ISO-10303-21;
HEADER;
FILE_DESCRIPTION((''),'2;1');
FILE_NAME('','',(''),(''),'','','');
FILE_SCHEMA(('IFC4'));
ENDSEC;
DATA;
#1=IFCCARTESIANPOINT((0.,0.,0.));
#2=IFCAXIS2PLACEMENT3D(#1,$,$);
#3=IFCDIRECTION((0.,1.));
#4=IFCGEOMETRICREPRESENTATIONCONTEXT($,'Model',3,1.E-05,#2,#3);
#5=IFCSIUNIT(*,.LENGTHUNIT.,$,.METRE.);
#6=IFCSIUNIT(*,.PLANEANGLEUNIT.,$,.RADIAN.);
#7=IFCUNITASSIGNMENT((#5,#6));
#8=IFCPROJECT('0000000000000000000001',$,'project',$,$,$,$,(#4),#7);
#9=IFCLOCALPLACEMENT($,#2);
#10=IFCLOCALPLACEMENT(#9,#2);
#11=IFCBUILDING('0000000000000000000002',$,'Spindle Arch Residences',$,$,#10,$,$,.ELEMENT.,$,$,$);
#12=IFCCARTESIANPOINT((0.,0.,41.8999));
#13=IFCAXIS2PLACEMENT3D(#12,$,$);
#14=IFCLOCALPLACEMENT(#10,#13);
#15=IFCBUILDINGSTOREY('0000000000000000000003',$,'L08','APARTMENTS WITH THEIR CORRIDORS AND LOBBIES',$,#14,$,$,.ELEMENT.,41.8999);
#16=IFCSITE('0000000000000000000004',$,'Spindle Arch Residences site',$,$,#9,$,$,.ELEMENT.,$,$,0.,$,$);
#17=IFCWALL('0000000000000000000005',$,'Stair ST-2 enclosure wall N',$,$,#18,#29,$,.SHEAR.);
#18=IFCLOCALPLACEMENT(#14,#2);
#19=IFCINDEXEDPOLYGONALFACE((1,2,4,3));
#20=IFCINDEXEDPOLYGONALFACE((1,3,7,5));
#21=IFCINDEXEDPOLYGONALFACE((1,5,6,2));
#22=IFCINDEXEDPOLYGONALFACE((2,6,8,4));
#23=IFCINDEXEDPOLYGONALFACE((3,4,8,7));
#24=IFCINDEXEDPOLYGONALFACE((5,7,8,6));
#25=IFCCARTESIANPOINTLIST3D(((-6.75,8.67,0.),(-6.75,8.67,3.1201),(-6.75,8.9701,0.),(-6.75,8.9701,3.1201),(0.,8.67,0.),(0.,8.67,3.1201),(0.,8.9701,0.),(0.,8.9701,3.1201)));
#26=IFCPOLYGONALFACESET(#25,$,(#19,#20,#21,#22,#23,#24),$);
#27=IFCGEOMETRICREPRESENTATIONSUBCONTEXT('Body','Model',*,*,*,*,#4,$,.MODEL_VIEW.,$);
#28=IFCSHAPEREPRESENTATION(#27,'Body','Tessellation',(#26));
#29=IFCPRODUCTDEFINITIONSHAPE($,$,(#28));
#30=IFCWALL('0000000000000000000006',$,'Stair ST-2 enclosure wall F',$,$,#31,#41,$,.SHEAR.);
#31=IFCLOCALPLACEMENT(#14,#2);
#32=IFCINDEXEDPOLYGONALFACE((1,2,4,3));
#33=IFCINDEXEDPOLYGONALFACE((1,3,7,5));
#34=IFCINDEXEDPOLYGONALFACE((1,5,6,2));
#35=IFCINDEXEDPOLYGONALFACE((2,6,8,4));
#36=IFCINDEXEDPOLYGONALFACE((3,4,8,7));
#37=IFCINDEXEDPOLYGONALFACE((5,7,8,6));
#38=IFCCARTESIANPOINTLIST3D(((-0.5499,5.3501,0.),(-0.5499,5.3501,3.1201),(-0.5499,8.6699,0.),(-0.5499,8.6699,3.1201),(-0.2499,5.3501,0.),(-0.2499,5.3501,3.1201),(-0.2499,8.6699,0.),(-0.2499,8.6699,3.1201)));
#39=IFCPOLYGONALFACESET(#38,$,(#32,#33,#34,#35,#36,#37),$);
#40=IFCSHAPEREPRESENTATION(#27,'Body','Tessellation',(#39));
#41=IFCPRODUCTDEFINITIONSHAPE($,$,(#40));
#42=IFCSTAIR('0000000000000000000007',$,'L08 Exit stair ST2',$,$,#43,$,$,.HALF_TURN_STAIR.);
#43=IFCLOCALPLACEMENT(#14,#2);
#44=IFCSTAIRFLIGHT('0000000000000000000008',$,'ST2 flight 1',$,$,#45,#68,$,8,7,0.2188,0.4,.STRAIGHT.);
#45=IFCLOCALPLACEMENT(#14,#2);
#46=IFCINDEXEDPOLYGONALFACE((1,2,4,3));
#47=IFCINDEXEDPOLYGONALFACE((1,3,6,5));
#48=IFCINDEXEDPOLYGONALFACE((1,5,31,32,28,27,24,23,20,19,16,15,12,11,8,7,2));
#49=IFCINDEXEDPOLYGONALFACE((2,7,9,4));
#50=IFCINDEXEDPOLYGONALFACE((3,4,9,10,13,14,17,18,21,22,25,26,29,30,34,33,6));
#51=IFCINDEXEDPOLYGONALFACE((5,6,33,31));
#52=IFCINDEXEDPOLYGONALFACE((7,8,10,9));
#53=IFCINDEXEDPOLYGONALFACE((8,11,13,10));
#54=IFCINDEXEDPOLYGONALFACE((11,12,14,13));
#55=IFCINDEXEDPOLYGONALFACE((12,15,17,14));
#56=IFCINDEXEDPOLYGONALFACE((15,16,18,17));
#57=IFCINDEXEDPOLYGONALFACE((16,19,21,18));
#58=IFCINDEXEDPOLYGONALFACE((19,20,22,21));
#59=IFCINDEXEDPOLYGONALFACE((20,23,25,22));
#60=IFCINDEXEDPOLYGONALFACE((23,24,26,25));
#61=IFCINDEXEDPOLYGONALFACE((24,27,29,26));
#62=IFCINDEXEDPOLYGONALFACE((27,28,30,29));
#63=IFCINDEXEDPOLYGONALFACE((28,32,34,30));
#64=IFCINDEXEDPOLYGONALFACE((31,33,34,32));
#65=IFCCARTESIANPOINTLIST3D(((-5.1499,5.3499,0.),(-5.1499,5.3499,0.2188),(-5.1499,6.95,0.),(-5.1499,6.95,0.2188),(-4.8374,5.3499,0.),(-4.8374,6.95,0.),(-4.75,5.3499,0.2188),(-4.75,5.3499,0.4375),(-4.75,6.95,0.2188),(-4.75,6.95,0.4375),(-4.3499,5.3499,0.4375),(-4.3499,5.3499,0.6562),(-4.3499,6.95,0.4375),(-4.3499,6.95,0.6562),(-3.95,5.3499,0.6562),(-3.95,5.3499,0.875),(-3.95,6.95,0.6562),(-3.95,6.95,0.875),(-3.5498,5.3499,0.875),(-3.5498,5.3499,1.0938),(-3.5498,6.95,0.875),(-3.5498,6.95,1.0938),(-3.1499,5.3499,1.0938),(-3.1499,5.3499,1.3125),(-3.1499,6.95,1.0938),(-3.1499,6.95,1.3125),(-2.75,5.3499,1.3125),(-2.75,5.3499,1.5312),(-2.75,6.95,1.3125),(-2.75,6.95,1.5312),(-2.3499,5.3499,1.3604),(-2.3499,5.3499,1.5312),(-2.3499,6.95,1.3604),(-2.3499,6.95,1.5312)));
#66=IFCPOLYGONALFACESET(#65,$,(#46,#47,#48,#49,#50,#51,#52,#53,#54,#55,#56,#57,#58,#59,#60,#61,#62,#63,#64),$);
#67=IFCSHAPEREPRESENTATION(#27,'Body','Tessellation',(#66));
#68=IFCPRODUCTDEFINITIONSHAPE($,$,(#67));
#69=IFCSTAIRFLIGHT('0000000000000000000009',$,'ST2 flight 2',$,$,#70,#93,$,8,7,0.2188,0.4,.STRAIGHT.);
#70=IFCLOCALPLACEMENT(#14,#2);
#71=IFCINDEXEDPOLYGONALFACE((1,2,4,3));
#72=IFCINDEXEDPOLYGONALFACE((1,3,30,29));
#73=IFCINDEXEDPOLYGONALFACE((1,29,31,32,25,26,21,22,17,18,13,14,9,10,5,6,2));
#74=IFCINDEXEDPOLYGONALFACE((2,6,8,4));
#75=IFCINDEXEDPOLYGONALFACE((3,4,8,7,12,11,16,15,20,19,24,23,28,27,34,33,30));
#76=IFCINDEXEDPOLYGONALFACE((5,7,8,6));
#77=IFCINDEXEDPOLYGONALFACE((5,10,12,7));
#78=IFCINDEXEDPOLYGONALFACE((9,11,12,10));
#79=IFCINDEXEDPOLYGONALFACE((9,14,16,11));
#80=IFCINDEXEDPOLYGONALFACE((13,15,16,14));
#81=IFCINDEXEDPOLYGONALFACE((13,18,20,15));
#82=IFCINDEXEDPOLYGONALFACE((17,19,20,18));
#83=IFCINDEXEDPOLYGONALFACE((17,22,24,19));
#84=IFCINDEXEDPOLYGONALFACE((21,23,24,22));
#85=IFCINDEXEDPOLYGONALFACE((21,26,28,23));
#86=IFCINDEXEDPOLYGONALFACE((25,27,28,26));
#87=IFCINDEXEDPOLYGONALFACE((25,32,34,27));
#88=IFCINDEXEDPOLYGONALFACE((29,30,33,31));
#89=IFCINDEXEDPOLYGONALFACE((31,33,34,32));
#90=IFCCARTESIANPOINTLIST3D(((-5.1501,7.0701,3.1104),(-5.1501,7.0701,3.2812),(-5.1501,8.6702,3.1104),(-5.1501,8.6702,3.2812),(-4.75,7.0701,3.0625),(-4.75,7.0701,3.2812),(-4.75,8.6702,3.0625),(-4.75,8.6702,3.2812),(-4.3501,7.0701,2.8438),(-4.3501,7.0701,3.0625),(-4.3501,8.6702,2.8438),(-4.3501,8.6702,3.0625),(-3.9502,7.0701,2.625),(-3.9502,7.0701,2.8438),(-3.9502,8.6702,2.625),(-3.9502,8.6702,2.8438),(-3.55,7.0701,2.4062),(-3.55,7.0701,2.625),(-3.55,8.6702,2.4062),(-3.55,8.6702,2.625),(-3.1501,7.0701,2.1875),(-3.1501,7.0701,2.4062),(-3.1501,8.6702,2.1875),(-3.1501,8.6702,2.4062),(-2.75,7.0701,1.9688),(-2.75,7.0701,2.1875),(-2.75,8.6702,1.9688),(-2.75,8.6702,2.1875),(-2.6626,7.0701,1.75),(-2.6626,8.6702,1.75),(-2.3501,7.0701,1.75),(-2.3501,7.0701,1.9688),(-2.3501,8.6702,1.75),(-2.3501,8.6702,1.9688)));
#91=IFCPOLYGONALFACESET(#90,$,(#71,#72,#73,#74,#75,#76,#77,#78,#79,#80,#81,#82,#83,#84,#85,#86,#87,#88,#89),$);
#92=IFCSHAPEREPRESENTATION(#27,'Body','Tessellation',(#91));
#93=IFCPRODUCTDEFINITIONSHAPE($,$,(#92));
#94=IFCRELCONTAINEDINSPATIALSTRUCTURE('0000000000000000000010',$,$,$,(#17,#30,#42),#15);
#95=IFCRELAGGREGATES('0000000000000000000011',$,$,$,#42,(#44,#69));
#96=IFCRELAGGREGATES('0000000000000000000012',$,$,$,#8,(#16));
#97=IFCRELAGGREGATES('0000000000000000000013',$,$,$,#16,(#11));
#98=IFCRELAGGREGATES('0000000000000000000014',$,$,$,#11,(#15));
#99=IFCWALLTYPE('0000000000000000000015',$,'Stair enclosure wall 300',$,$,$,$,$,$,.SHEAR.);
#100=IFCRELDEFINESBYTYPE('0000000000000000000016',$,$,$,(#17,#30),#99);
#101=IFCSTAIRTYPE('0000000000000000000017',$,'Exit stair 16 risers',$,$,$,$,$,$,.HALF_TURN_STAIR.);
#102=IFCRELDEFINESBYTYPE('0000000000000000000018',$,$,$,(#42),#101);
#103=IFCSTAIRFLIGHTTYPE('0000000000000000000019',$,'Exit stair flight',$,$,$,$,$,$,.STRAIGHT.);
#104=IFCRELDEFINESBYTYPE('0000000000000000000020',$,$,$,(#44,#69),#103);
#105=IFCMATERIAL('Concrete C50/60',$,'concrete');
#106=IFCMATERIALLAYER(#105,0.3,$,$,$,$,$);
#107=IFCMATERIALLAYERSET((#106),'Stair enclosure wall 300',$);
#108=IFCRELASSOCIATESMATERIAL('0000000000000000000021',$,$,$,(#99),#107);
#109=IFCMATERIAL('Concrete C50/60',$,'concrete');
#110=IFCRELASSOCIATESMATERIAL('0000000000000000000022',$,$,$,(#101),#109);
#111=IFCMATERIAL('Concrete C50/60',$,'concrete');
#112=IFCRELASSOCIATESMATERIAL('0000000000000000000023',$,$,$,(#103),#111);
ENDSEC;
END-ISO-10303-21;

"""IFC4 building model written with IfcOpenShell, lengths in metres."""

from ifc_helpers import new_model, si_unit, direction, frame, frame_2d, origin, place, context, subcontext, project, spatial, polyline, rectangle, outline, extrude, material, layer, layer_set, type_object, element, aggregate, save


model = new_model("IFC4")

# Units and contexts
model_context = context("Model", 3, precision=1e-05, world=origin(), true_north=direction((0.0, 1.0)))
body_context = subcontext(model_context, "Body", "Model", "MODEL_VIEW")
ifc_project = project(units=[si_unit("LENGTHUNIT", "METRE"), si_unit("PLANEANGLEUNIT", "RADIAN")], contexts=[model_context])

# Site, building, storey
site_placement = place(None, origin())
site = spatial("IfcSite", under=ifc_project, at=site_placement, Name="Spindle Arch Residences site", CompositionType="ELEMENT", RefElevation=0.0)
building_placement = place(site_placement, origin())
building = spatial("IfcBuilding", under=site, at=building_placement, Name="Spindle Arch Residences", CompositionType="ELEMENT")
storey_placement = place(building_placement, frame((0.0, 0.0, 41.8999)))
storey = spatial("IfcBuildingStorey", under=building, at=storey_placement, Name="L08", Description="APARTMENTS WITH THEIR CORRIDORS AND LOBBIES", CompositionType="ELEMENT", Elevation=41.8999)

# Walls
ifc_material_1 = material(Name="Concrete C50/60", Category="concrete")
ifc_layer_1 = layer(ifc_material_1, 0.3)
ifc_layer_set_1 = layer_set([ifc_layer_1], Name="Stair enclosure wall 300")
wall_type_1 = type_object("IfcWallType", Name="Stair enclosure wall 300", PredefinedType="SHEAR", material=ifc_layer_set_1)
for number, where, z_axis, x_axis, name in (
    (1, (-6.75, 8.8201, 0.0), (0.0, 0.0, 1.0), (1.0, 0.0, 0.0), "Stair ST-2 enclosure wall N"),
):
    element("IfcWall", number, at=place(storey_placement, frame(where, z_axis=z_axis, x_axis=x_axis)), inside=storey, type_object=wall_type_1, Name=name, PredefinedType="SHEAR", context=body_context, shape_type="SweptSolid", body=[
        extrude(rectangle(XDim=6.75, YDim=0.3, at=frame_2d((3.375, 0.0))), origin(), (0.0, 0.0, 1.0), 3.1201),
    ])
wall_1_placement = place(storey_placement, frame((-0.3999, 5.3501, 0.0), z_axis=(0.0, 0.0, 1.0), x_axis=(0.0, 1.0, 0.0)))
element("IfcWall", 2, at=wall_1_placement, inside=storey, type_object=wall_type_1, Name="Stair ST-2 enclosure wall F", PredefinedType="SHEAR", context=body_context, shape_type="SweptSolid", body=[
    extrude(rectangle(XDim=3.3198, YDim=0.3, at=frame_2d((1.6599, 0.0))), origin(), (0.0, 0.0, 1.0), 3.1201),
])

# Stair, stair flights
ifc_material_2 = material(Name="Concrete C50/60", Category="concrete")
stair_type = type_object("IfcStairType", Name="Exit stair 16 risers", PredefinedType="HALF_TURN_STAIR", material=ifc_material_2)
stair_placement = place(storey_placement, origin())
stair = element("IfcStair", 3, at=stair_placement, inside=storey, type_object=stair_type, Name="L08 Exit stair ST2", PredefinedType="HALF_TURN_STAIR")
ifc_material_3 = material(Name="Concrete C50/60", Category="concrete")
stair_flight_type = type_object("IfcStairFlightType", Name="Exit stair flight", PredefinedType="STRAIGHT", material=ifc_material_3)
stair_flight_1_placement = place(storey_placement, frame((-5.1499, 6.1499, 0.0), z_axis=(0.0, 0.0, 1.0), x_axis=(1.0, 0.0, 0.0)))
stair_flight_1 = element("IfcStairFlight", 4, at=stair_flight_1_placement, type_object=stair_flight_type, Name="ST2 flight 1", NumberOfRisers=8, NumberOfTreads=7, PredefinedType="STRAIGHT", RiserHeight=0.2188, TreadLength=0.4, context=body_context, shape_type="SweptSolid", body=[
    extrude(outline(polyline([(0.0, 0.0), (0.0, 0.2188), (0.3999, 0.2188), (0.3999, 0.4375), (0.8, 0.4375), (0.8, 0.6562), (1.2, 0.6562), (1.2, 0.875), (1.6001, 0.875), (1.6001, 1.0938), (2.0, 1.0938), (2.0, 1.3125), (2.3999, 1.3125), (2.3999, 1.5312), (2.8, 1.5312), (2.8, 1.75), (2.8, 1.3604), (0.3125, 0.0), (0.0, 0.0)])), frame((0.0, 0.8, 0.0), z_axis=(0.0, -1.0, 0.0), x_axis=(1.0, 0.0, 0.0)), (0.0, 0.0, 1.0), 1.6001),
])
stair_flight_2_placement = place(storey_placement, frame((-2.3501, 7.8701, 1.75), z_axis=(0.0, 0.0, 1.0), x_axis=(-1.0, 0.0, 0.0)))
stair_flight_2 = element("IfcStairFlight", 5, at=stair_flight_2_placement, type_object=stair_flight_type, Name="ST2 flight 2", NumberOfRisers=8, NumberOfTreads=7, PredefinedType="STRAIGHT", RiserHeight=0.2188, TreadLength=0.4, context=body_context, shape_type="SweptSolid", body=[
    extrude(outline(polyline([(0.0, 0.0), (0.0, 0.2188), (0.3999, 0.2188), (0.3999, 0.4375), (0.8, 0.4375), (0.8, 0.6562), (1.2, 0.6562), (1.2, 0.875), (1.6001, 0.875), (1.6001, 1.0938), (2.0, 1.0938), (2.0, 1.3125), (2.3999, 1.3125), (2.3999, 1.5312), (2.8, 1.5312), (2.8, 1.75), (2.8, 1.3604), (0.3125, 0.0), (0.0, 0.0)])), frame((0.0, 0.8, 0.0), z_axis=(0.0, -1.0, 0.0), x_axis=(1.0, 0.0, 0.0)), (0.0, 0.0, 1.0), 1.6001),
])
aggregate(stair, [stair_flight_1, stair_flight_2])

save(model, "model.ifc")
